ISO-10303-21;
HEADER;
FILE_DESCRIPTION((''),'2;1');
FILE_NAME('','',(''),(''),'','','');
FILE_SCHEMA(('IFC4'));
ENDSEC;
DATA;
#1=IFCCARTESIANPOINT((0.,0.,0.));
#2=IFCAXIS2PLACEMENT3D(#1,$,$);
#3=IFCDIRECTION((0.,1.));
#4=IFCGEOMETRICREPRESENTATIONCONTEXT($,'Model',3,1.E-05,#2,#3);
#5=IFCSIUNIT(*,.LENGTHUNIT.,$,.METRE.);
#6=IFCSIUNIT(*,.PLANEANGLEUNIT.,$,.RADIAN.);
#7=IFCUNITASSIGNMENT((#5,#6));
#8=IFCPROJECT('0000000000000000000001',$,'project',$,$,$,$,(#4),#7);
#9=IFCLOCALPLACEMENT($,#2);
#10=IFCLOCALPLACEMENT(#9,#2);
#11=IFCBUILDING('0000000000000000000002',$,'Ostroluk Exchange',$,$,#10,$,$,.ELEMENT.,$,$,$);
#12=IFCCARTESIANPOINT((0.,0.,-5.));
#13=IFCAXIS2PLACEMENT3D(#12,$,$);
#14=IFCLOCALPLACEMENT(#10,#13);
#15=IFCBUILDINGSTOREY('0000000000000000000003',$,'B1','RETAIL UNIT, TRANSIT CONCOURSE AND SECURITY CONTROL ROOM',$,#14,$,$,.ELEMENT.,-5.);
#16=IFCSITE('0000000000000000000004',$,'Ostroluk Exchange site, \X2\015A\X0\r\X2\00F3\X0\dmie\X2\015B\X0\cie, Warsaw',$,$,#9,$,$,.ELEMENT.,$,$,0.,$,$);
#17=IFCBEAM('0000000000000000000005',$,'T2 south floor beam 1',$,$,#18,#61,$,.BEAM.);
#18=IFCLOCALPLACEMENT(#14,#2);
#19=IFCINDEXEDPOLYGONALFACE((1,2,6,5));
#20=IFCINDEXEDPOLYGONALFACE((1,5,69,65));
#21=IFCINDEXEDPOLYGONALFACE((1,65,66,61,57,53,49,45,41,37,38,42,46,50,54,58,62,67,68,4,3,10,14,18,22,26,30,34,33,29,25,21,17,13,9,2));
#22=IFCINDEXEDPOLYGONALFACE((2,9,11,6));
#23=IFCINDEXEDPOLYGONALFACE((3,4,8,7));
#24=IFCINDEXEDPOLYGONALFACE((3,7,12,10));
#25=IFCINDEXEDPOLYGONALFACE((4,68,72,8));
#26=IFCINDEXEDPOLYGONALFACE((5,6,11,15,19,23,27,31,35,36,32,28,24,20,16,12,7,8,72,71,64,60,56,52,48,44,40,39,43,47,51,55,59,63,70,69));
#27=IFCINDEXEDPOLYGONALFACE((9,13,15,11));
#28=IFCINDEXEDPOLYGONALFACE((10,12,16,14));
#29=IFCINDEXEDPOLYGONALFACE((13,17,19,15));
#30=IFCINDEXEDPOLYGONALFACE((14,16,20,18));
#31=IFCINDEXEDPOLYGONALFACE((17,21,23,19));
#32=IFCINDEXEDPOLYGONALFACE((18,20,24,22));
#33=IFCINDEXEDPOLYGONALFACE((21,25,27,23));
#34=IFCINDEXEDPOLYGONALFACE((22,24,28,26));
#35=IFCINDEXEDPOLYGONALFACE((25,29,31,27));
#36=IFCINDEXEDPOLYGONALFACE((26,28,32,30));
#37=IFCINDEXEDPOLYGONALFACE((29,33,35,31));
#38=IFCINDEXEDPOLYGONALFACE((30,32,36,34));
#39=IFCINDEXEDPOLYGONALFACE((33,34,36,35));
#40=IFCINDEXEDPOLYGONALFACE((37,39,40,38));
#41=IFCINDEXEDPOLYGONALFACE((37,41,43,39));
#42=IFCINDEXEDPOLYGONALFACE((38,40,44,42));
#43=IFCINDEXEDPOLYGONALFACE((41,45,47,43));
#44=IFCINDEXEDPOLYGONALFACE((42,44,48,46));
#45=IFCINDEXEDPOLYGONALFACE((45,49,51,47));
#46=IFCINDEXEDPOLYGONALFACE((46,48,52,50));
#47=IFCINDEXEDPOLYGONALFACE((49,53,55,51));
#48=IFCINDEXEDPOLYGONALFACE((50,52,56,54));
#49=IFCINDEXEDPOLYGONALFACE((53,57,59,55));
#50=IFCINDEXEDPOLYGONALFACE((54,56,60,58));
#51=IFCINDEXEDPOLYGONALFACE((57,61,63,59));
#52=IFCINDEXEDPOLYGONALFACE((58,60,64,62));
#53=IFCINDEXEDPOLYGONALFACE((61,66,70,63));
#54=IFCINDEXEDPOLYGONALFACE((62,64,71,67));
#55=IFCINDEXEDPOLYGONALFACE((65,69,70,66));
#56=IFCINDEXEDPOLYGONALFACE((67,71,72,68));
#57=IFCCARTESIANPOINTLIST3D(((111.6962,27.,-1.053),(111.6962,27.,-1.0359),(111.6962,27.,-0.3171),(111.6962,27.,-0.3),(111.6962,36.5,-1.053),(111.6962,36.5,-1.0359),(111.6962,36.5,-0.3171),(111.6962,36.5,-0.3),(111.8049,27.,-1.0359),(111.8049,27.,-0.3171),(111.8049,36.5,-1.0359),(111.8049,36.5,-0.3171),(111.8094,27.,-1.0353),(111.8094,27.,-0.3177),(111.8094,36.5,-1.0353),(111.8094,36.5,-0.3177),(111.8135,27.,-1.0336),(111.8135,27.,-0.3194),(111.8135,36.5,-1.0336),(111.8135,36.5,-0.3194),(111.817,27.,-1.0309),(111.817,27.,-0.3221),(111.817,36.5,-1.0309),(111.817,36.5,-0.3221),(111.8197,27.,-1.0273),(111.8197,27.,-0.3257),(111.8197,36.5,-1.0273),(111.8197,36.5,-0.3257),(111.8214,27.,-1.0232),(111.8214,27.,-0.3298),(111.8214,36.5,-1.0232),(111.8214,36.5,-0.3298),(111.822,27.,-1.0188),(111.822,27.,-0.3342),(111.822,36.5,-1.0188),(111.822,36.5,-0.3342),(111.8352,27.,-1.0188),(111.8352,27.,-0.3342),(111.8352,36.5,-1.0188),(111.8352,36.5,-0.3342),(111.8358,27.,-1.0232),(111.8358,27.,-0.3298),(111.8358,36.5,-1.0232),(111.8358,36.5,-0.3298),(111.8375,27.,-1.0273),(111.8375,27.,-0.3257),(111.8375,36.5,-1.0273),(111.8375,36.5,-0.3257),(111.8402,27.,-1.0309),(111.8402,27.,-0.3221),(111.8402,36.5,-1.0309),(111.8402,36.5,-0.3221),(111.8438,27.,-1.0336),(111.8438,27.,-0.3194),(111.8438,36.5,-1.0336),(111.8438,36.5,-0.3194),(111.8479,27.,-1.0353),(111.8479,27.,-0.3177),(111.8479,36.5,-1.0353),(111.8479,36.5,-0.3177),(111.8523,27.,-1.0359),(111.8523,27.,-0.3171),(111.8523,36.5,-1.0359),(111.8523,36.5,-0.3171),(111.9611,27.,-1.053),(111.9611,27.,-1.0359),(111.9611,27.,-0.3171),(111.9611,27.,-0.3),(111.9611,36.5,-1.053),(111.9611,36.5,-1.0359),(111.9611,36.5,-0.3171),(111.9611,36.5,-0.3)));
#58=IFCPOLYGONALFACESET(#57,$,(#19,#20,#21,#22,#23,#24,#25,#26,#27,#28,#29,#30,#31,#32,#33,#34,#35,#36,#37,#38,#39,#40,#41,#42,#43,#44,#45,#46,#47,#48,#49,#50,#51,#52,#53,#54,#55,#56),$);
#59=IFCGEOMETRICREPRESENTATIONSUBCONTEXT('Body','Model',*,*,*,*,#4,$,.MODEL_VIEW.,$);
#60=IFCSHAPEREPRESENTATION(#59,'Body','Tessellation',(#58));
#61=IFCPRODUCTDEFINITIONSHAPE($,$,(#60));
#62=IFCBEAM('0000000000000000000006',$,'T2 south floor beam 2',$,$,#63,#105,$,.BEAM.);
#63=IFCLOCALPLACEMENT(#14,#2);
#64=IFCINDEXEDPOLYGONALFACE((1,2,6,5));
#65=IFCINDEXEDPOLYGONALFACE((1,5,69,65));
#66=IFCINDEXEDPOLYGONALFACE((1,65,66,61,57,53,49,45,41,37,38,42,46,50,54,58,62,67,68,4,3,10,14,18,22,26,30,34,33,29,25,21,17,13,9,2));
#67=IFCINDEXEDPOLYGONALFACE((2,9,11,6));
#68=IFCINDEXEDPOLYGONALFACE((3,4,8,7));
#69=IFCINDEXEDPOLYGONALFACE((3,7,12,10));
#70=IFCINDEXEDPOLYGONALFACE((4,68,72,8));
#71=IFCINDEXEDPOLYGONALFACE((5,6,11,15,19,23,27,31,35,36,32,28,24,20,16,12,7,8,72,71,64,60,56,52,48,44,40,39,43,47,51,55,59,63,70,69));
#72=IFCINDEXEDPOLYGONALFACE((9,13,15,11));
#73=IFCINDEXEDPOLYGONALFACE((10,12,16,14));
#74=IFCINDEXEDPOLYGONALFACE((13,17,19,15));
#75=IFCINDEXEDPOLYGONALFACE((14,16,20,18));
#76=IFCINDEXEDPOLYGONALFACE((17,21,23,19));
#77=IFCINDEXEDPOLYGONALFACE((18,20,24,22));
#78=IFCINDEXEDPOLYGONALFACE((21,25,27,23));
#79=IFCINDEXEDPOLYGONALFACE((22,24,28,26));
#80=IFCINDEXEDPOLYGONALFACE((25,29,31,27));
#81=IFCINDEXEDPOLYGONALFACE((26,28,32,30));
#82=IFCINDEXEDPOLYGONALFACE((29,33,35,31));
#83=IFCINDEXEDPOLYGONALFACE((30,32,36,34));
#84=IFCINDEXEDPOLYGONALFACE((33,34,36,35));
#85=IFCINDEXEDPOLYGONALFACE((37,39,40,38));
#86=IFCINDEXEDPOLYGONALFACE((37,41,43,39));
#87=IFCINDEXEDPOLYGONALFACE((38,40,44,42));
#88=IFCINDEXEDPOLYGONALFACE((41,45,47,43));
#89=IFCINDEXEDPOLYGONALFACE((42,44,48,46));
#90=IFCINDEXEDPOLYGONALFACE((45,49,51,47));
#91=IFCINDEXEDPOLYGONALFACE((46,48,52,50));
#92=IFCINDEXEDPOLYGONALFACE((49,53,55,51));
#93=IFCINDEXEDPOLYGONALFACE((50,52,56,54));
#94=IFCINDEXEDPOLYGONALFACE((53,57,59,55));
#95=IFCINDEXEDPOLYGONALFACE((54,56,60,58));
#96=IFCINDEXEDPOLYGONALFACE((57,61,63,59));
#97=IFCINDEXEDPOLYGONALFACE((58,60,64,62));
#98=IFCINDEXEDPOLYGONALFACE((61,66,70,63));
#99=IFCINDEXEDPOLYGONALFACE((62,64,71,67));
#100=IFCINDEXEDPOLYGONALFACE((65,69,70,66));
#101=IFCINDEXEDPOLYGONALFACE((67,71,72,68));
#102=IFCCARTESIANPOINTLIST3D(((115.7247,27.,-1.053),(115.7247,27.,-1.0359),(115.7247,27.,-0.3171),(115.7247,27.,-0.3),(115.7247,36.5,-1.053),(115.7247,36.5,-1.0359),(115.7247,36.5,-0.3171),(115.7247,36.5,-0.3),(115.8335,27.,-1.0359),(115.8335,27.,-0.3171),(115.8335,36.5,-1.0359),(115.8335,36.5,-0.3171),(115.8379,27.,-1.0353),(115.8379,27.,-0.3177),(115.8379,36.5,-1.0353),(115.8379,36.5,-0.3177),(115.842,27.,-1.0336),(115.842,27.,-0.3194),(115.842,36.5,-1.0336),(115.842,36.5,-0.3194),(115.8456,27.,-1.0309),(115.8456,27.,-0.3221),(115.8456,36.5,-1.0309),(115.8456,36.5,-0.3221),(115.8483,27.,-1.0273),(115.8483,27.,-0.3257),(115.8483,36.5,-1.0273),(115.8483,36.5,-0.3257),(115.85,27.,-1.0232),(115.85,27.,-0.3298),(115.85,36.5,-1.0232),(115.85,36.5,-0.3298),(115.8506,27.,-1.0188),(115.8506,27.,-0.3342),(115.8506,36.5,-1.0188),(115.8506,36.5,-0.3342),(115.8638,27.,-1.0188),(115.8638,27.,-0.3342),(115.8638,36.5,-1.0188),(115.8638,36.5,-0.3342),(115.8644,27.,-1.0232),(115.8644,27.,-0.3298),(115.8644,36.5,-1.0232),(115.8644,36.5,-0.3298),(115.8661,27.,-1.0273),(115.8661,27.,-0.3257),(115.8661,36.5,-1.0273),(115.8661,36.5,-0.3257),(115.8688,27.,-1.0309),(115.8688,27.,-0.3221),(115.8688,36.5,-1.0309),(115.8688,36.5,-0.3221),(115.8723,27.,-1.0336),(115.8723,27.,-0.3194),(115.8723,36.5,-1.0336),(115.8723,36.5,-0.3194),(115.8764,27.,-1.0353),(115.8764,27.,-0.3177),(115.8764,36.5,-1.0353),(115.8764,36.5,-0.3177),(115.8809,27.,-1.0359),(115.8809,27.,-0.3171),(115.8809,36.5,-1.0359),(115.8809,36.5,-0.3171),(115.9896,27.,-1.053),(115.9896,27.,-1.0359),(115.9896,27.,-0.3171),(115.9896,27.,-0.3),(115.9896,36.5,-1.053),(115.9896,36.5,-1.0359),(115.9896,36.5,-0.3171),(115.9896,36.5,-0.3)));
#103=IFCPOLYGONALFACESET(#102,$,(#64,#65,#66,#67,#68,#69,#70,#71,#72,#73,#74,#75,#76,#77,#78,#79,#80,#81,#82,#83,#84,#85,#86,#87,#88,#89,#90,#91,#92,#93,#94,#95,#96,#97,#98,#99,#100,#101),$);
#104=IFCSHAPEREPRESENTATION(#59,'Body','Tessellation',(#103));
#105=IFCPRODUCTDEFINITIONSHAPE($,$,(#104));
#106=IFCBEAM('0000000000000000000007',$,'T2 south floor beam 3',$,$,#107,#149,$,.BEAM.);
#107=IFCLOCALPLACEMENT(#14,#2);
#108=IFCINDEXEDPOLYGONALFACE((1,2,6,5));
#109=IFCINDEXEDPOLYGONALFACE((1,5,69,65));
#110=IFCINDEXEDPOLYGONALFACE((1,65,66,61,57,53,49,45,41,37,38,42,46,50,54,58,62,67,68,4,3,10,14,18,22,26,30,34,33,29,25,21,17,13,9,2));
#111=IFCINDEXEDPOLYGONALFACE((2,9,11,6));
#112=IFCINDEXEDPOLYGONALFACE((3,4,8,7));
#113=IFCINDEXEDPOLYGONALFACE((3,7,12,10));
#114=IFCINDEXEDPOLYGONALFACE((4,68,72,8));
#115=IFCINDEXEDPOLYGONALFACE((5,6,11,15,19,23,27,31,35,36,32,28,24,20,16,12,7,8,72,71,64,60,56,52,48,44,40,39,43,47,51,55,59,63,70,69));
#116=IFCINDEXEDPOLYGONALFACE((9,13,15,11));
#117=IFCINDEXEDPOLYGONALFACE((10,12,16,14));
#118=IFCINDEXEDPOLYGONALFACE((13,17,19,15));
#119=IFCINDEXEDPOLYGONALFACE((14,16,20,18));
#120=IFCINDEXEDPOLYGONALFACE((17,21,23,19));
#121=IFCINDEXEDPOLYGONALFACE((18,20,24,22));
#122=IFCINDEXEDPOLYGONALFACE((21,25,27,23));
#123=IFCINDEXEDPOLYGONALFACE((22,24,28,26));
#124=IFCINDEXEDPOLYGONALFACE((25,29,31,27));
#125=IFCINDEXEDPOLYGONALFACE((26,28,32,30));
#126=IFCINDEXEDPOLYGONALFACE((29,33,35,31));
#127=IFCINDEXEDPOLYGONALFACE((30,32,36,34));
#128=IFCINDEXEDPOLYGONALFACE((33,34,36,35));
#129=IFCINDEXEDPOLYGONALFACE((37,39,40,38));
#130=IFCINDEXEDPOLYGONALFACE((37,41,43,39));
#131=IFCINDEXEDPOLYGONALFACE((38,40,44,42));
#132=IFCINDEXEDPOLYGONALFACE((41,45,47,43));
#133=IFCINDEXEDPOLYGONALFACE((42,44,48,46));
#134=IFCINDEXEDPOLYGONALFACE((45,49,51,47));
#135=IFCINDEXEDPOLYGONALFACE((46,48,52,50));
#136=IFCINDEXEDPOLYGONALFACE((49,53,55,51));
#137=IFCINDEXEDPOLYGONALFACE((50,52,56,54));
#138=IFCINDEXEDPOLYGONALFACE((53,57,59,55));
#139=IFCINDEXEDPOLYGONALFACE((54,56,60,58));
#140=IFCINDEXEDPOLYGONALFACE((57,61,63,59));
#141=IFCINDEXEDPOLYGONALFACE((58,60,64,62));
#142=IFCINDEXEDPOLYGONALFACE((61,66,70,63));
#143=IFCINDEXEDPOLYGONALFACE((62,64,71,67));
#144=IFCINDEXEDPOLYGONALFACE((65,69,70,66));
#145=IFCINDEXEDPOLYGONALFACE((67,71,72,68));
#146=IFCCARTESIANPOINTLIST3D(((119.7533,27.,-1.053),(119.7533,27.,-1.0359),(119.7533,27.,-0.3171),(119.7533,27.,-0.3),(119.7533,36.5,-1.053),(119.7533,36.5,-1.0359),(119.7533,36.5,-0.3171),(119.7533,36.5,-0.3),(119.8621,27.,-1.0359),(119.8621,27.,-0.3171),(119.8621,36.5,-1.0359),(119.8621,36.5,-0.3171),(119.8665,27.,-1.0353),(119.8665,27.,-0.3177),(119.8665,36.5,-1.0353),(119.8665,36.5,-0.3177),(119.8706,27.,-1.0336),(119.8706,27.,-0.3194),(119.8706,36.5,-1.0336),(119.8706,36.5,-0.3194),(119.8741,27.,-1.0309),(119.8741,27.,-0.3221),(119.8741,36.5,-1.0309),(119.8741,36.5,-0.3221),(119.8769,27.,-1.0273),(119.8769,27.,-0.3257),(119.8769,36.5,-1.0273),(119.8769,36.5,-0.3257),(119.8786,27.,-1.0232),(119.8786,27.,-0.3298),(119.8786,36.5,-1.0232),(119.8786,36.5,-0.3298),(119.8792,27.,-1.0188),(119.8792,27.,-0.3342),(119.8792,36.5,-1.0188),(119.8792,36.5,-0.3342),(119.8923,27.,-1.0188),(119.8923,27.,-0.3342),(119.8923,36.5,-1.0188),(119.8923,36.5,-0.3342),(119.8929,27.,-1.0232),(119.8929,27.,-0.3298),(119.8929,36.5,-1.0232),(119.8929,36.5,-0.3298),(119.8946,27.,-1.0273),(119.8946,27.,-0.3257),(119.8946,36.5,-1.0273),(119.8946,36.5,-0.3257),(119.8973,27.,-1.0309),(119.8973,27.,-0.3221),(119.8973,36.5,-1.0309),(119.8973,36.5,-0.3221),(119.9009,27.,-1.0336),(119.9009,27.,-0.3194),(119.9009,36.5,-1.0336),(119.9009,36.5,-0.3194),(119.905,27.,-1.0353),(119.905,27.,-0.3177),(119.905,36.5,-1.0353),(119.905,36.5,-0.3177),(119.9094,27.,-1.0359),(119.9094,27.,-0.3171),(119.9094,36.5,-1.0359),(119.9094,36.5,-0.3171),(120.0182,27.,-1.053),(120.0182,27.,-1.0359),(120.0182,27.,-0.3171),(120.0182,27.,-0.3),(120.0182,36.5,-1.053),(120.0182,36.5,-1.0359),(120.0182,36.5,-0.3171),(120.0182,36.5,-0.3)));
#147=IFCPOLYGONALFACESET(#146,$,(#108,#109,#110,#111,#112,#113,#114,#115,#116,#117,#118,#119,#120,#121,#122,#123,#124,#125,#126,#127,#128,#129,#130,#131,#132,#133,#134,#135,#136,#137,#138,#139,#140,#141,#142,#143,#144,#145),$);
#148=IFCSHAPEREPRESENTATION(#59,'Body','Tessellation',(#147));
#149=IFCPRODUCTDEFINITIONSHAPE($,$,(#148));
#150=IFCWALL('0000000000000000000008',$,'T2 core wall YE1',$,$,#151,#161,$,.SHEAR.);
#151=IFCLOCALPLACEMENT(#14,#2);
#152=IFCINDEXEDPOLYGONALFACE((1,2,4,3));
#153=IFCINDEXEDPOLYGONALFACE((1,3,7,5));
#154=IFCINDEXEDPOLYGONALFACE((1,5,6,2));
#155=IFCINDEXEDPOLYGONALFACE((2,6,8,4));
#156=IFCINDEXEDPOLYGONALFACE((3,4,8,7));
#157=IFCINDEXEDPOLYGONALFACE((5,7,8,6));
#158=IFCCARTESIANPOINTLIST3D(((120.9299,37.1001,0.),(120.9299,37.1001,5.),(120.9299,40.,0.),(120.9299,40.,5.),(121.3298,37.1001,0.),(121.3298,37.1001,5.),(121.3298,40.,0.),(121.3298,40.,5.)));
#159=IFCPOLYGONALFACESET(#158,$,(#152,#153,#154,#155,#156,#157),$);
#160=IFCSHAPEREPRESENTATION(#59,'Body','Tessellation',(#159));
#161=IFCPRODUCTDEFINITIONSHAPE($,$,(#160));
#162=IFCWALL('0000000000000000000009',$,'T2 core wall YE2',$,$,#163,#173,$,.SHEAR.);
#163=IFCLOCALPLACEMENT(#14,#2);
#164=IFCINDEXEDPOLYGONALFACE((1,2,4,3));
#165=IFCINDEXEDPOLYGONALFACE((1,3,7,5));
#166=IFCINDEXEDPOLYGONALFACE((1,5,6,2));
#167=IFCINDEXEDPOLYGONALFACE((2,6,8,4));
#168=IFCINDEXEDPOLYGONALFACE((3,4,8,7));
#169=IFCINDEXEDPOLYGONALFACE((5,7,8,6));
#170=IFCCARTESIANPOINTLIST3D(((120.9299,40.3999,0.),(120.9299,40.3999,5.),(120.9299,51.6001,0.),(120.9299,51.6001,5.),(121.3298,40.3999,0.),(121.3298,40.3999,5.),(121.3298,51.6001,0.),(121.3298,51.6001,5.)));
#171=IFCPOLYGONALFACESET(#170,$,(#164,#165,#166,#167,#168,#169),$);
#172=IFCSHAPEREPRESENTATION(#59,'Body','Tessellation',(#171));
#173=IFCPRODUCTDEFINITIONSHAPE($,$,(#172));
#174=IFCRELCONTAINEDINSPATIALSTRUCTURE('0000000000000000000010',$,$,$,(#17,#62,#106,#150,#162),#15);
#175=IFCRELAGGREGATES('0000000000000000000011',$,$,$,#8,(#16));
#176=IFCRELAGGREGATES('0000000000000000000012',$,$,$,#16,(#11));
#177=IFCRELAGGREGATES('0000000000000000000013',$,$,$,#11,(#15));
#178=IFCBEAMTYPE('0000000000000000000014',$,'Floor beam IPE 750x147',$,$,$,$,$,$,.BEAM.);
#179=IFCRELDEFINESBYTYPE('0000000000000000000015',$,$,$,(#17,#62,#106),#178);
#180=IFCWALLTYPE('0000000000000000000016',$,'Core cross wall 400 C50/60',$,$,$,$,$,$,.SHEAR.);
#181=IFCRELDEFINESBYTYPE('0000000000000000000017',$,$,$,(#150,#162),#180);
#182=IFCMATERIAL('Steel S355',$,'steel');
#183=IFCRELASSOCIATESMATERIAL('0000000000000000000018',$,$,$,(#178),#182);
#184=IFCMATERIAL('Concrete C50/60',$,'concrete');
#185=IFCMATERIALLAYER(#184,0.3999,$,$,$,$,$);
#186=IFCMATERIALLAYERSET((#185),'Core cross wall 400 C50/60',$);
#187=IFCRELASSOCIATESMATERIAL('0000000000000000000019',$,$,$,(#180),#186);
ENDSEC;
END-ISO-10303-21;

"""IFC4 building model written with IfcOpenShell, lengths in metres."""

from ifc_helpers import new_model, si_unit, direction, frame, frame_2d, origin, origin_2d, place, context, subcontext, project, spatial, rectangle, i_section, extrude, material, layer, layer_set, material_profile, profile_set, type_object, element, save


model = new_model("IFC4")

# Units and contexts
model_context = context("Model", 3, precision=1e-05, world=origin(), true_north=direction((0.0, 1.0)))
body_context = subcontext(model_context, "Body", "Model", "MODEL_VIEW")
ifc_project = project(units=[si_unit("LENGTHUNIT", "METRE"), si_unit("PLANEANGLEUNIT", "RADIAN")], contexts=[model_context])

# Site, building, storey
site_placement = place(None, origin())
site = spatial("IfcSite", under=ifc_project, at=site_placement, Name="Ostroluk Exchange site, Śródmieście, Warsaw", CompositionType="ELEMENT", RefElevation=0.0)
building_placement = place(site_placement, origin())
building = spatial("IfcBuilding", under=site, at=building_placement, Name="Ostroluk Exchange", CompositionType="ELEMENT")
storey_placement = place(building_placement, frame((0.0, 0.0, -5.0)))
storey = spatial("IfcBuildingStorey", under=building, at=storey_placement, Name="B1", Description="RETAIL UNIT, TRANSIT CONCOURSE AND SECURITY CONTROL ROOM", CompositionType="ELEMENT", Elevation=-5.0)

# Beams
ifc_material_1 = material(Name="Steel S355", Category="steel")
ifc_material_profile = material_profile(ifc_material_1, i_section(OverallWidth=0.2649, OverallDepth=0.7529, WebThickness=0.0132, FlangeThickness=0.0171, FilletRadius=0.0171, at=origin_2d()), Name="IPE 750x147")
ifc_profile_set = profile_set([ifc_material_profile], Name="Steel S355")
beam_type = type_object("IfcBeamType", Name="Floor beam IPE 750x147", PredefinedType="BEAM", material=ifc_profile_set)
for number, where, z_axis, x_axis, name in (
    (1, (111.8286, 36.5, -0.6765), (0.0, -1.0, 0.0), (1.0, 0.0, 0.0), "T2 south floor beam 1"),
    (2, (115.8572, 36.5, -0.6765), (0.0, -1.0, 0.0), (1.0, 0.0, 0.0), "T2 south floor beam 2"),
    (3, (119.8857, 36.5, -0.6765), (0.0, -1.0, 0.0), (1.0, 0.0, 0.0), "T2 south floor beam 3"),
):
    element("IfcBeam", number, at=place(storey_placement, frame(where, z_axis=z_axis, x_axis=x_axis)), inside=storey, type_object=beam_type, Name=name, PredefinedType="BEAM", context=body_context, shape_type="SweptSolid", body=[
        extrude(i_section(OverallWidth=0.2649, OverallDepth=0.7529, WebThickness=0.0132, FlangeThickness=0.0171, FilletRadius=0.0171, at=origin_2d()), origin(), (0.0, 0.0, 1.0), 9.5),
    ])

# Walls
ifc_material_2 = material(Name="Concrete C50/60", Category="concrete")
ifc_layer_1 = layer(ifc_material_2, 0.3999)
ifc_layer_set_1 = layer_set([ifc_layer_1], Name="Core cross wall 400 C50/60")
wall_type_1 = type_object("IfcWallType", Name="Core cross wall 400 C50/60", PredefinedType="SHEAR", material=ifc_layer_set_1)
wall_1_placement = place(storey_placement, frame((121.1299, 37.1001, 0.0), z_axis=(0.0, 0.0, 1.0), x_axis=(0.0, 1.0, 0.0)))
element("IfcWall", 4, at=wall_1_placement, inside=storey, type_object=wall_type_1, Name="T2 core wall YE1", PredefinedType="SHEAR", context=body_context, shape_type="SweptSolid", body=[
    extrude(rectangle(XDim=2.8999, YDim=0.3999, at=frame_2d((1.45, 0.0))), origin(), (0.0, 0.0, 1.0), 5.0),
])
wall_2_placement = place(storey_placement, frame((121.1299, 40.3999, 0.0), z_axis=(0.0, 0.0, 1.0), x_axis=(0.0, 1.0, 0.0)))
element("IfcWall", 5, at=wall_2_placement, inside=storey, type_object=wall_type_1, Name="T2 core wall YE2", PredefinedType="SHEAR", context=body_context, shape_type="SweptSolid", body=[
    extrude(rectangle(XDim=11.2002, YDim=0.3999, at=frame_2d((5.6001, 0.0))), origin(), (0.0, 0.0, 1.0), 5.0),
])

save(model, "model.ifc")
